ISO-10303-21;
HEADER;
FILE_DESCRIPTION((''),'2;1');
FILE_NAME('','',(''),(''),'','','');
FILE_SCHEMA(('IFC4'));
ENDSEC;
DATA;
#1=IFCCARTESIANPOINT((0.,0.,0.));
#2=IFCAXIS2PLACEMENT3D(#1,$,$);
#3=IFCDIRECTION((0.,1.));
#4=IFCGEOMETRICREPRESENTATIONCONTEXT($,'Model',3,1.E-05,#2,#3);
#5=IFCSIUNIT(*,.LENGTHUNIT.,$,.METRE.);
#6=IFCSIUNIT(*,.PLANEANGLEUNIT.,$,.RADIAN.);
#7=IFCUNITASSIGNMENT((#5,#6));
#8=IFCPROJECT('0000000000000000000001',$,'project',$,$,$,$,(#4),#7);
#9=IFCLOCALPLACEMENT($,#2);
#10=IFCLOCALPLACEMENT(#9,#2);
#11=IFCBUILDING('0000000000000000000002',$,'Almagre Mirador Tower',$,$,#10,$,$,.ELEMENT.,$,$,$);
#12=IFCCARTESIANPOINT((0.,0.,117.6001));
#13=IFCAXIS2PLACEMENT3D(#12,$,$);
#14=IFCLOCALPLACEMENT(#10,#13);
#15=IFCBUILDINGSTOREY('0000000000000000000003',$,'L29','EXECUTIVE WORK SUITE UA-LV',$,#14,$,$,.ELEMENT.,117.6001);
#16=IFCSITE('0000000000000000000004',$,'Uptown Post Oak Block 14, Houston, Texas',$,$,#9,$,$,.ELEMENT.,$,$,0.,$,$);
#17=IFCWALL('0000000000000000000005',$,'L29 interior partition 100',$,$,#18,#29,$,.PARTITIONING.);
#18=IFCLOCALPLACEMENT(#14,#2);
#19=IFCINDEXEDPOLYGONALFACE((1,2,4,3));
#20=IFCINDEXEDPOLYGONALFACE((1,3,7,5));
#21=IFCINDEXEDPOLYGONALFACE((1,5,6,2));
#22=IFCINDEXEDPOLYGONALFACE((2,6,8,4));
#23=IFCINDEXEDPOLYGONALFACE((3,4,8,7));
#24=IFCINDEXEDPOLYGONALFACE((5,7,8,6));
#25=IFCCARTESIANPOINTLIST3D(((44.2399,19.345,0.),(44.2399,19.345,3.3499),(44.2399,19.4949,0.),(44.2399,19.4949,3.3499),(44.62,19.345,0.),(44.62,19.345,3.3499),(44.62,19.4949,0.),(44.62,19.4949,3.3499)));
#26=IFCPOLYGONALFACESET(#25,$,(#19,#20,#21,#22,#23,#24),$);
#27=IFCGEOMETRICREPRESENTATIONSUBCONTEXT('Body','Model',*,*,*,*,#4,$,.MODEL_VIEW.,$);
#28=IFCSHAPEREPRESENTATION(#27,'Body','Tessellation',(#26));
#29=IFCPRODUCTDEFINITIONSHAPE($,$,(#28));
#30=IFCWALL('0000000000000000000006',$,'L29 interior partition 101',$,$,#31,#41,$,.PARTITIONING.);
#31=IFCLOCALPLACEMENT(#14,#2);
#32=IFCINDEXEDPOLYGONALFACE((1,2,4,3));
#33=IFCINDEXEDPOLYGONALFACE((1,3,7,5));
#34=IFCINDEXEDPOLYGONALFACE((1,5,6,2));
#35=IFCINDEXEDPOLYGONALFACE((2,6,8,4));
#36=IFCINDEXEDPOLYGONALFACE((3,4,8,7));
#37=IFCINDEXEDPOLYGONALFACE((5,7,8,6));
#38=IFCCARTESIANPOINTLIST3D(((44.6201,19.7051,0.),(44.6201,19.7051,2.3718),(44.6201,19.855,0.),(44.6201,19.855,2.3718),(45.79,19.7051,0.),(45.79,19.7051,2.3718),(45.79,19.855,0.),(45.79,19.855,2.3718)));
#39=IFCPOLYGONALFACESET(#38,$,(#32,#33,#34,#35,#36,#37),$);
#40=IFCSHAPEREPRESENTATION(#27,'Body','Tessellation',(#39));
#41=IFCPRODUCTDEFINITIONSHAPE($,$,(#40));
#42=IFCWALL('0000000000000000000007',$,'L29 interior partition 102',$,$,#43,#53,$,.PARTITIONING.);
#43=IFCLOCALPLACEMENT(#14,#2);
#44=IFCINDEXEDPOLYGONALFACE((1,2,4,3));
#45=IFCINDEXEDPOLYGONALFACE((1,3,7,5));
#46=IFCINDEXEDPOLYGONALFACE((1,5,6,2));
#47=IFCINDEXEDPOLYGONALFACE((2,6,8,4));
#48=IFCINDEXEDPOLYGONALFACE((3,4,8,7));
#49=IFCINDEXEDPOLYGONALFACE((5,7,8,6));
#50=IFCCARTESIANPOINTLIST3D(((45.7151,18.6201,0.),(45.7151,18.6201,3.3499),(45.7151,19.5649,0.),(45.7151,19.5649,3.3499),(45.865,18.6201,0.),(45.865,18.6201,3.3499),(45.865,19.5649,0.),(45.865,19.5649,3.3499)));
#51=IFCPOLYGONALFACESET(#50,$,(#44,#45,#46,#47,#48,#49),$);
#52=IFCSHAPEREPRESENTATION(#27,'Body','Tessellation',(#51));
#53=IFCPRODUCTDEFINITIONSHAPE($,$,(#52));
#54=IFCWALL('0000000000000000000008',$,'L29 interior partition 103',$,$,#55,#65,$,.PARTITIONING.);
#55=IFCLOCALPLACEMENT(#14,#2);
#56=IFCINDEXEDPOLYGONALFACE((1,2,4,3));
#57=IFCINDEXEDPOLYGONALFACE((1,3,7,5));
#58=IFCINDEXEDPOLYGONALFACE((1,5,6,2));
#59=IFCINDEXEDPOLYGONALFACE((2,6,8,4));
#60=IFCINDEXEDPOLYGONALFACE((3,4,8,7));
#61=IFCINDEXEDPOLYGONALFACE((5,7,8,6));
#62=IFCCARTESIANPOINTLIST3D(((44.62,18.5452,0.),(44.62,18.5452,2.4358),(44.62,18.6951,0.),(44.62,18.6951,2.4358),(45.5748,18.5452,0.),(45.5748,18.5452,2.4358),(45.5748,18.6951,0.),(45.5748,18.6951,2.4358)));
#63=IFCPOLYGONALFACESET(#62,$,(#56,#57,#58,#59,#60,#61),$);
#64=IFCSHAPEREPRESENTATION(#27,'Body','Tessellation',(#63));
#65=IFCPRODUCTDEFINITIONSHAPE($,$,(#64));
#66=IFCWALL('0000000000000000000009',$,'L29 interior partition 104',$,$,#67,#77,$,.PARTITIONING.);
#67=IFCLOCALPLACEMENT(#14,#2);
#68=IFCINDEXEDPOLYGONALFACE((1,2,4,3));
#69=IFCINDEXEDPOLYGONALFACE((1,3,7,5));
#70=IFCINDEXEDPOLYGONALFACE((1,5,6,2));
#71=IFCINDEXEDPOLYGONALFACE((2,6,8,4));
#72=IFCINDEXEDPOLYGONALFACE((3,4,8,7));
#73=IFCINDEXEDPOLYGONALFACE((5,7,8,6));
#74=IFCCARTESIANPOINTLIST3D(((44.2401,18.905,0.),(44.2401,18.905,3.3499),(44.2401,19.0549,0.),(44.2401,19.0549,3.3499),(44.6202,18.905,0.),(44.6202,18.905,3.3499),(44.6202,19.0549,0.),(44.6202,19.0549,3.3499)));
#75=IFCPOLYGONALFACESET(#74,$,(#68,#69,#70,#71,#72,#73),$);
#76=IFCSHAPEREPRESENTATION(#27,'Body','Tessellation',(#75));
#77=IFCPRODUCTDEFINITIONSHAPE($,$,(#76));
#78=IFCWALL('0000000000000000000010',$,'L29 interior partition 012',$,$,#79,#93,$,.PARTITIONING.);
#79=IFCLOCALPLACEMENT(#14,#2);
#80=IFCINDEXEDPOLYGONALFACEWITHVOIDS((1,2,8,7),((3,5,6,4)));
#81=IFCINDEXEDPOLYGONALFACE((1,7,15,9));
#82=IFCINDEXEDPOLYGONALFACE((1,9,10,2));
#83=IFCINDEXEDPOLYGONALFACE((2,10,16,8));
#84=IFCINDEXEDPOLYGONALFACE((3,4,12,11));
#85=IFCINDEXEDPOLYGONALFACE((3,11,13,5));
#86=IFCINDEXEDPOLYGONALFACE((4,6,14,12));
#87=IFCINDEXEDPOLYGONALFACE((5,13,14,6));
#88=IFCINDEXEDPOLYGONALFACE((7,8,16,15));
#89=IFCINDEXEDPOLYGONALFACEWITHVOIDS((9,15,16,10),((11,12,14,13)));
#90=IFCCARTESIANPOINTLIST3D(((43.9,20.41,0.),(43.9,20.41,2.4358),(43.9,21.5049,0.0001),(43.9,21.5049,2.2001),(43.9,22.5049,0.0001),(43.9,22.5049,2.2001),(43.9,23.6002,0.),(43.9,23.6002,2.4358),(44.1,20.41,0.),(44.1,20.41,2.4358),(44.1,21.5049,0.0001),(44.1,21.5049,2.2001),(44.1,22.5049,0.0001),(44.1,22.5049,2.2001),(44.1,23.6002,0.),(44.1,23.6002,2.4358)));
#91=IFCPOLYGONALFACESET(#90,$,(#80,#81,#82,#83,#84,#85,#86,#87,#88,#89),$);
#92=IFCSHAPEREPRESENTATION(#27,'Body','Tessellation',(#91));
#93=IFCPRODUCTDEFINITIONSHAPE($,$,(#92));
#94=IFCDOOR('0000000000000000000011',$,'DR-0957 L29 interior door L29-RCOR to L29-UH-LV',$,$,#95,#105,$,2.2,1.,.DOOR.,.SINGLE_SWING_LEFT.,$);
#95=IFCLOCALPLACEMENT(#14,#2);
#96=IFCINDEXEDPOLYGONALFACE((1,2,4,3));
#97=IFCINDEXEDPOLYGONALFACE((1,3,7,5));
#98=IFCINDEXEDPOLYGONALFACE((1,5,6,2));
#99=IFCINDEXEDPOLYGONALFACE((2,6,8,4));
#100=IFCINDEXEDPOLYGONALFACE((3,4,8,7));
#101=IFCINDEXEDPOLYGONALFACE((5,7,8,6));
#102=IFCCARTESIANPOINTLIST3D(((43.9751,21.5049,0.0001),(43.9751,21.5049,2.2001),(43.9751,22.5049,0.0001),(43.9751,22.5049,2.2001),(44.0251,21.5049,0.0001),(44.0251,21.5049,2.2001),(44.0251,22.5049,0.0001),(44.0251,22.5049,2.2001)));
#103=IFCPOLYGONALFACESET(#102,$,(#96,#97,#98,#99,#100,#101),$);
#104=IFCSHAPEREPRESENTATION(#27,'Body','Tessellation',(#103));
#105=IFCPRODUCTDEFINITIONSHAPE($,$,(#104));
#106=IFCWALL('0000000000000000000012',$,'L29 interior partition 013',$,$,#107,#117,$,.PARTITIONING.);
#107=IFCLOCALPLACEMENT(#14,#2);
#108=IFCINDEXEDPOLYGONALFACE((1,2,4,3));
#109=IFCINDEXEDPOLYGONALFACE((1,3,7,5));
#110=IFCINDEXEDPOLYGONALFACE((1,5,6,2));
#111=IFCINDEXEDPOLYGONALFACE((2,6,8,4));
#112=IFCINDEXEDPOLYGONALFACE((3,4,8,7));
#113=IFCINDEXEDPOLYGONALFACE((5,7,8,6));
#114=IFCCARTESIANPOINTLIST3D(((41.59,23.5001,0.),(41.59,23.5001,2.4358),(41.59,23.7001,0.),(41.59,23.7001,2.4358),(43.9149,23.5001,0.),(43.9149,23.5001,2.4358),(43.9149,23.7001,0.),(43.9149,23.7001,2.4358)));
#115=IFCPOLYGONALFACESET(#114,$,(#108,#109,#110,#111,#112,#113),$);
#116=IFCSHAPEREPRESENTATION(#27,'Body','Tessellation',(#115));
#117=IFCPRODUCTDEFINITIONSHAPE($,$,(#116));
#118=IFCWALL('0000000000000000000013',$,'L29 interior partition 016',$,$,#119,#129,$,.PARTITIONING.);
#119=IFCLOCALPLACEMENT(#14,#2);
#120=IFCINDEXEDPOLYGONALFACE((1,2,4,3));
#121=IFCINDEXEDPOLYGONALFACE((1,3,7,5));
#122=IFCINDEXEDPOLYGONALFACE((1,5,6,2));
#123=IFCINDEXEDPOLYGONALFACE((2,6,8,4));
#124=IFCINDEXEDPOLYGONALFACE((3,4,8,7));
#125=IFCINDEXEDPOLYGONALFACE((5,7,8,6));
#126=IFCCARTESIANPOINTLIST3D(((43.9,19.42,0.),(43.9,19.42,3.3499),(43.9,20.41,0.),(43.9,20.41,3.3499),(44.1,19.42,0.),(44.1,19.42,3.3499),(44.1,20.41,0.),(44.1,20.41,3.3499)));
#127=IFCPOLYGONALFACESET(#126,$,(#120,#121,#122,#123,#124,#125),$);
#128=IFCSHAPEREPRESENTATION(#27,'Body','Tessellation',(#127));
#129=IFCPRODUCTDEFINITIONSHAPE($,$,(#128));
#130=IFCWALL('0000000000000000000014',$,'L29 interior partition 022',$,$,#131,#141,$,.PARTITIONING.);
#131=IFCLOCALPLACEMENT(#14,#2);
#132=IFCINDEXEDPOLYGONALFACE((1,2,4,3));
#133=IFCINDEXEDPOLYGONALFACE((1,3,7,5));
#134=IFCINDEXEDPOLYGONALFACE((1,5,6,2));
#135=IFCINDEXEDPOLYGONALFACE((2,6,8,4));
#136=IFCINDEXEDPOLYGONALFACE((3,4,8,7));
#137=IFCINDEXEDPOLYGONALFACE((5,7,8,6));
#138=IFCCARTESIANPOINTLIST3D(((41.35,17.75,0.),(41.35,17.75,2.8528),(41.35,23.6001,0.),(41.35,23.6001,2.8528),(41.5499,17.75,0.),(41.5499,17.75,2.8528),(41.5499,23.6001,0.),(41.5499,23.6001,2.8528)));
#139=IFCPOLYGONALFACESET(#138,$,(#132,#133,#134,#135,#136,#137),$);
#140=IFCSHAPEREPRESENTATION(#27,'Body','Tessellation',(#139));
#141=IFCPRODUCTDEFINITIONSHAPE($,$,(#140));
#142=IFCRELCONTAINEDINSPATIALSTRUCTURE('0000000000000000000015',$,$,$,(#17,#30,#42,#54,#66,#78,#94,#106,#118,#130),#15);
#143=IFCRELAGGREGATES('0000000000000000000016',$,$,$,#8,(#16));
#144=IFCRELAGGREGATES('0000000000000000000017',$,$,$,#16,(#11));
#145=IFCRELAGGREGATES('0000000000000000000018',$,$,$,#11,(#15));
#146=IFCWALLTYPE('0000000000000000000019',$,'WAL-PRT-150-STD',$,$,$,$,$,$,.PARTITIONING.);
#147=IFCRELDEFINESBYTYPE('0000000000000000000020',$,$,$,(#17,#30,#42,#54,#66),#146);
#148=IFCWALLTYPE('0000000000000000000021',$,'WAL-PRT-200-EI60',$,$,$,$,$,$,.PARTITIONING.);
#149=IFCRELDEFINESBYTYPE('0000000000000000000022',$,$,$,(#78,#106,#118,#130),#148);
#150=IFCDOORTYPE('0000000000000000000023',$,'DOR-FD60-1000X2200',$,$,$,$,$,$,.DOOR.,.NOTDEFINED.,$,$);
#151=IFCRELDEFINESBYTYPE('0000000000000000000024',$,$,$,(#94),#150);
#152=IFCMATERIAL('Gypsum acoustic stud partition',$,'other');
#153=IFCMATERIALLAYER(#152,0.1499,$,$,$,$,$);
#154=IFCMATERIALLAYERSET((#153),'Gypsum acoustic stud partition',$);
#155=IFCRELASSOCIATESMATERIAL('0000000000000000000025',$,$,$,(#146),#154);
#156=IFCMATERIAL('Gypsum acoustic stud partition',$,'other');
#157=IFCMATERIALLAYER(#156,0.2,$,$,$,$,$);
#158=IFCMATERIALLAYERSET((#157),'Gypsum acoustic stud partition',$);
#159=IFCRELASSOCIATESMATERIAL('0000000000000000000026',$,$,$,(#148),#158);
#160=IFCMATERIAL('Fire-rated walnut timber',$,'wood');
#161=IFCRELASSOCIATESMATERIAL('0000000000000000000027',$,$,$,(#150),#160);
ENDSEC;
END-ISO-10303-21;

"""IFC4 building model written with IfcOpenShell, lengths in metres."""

from ifc_helpers import new_model, si_unit, direction, frame, frame_2d, origin, place, context, subcontext, project, spatial, rectangle, extrude, material, layer, layer_set, type_object, element, fill, save


model = new_model("IFC4")

# Units and contexts
model_context = context("Model", 3, precision=1e-05, world=origin(), true_north=direction((0.0, 1.0)))
body_context = subcontext(model_context, "Body", "Model", "MODEL_VIEW")
ifc_project = project(units=[si_unit("LENGTHUNIT", "METRE"), si_unit("PLANEANGLEUNIT", "RADIAN")], contexts=[model_context])

# Site, building, storey
site_placement = place(None, origin())
site = spatial("IfcSite", under=ifc_project, at=site_placement, Name="Uptown Post Oak Block 14, Houston, Texas", CompositionType="ELEMENT", RefElevation=0.0)
building_placement = place(site_placement, origin())
building = spatial("IfcBuilding", under=site, at=building_placement, Name="Almagre Mirador Tower", CompositionType="ELEMENT")
storey_placement = place(building_placement, frame((0.0, 0.0, 117.6001)))
storey = spatial("IfcBuildingStorey", under=building, at=storey_placement, Name="L29", Description="EXECUTIVE WORK SUITE UA-LV", CompositionType="ELEMENT", Elevation=117.6001)

# Shared definitions
ifc_material_1 = material(Name="Gypsum acoustic stud partition", Category="other")
ifc_layer_1 = layer(ifc_material_1, 0.1499)
ifc_layer_set_1 = layer_set([ifc_layer_1], Name="Gypsum acoustic stud partition")
wall_type_1 = type_object("IfcWallType", Name="WAL-PRT-150-STD", PredefinedType="PARTITIONING", material=ifc_layer_set_1)

# Walls
wall_1_placement = place(storey_placement, frame((44.24, 19.4199, 0.0), z_axis=(0.0, 0.0, 1.0), x_axis=(1.0, 0.0, 0.0)))
element("IfcWall", 1, at=wall_1_placement, inside=storey, type_object=wall_type_1, Name="L29 interior partition 100", PredefinedType="PARTITIONING", context=body_context, shape_type="SweptSolid", body=[
    extrude(rectangle(XDim=0.3801, YDim=0.1499, at=frame_2d((0.1899, 0.0))), origin(), (0.0, 0.0, 1.0), 3.3499),
])
wall_2_placement = place(storey_placement, frame((44.6201, 19.78, 0.0), z_axis=(0.0, 0.0, 1.0), x_axis=(1.0, 0.0, 0.0)))
element("IfcWall", 2, at=wall_2_placement, inside=storey, type_object=wall_type_1, Name="L29 interior partition 101", PredefinedType="PARTITIONING", context=body_context, shape_type="SweptSolid", body=[
    extrude(rectangle(XDim=1.1699, YDim=0.1499, at=frame_2d((0.585, 0.0))), origin(), (0.0, 0.0, 1.0), 2.3718),
])
wall_3_placement = place(storey_placement, frame((45.79, 19.5649, 0.0), z_axis=(0.0, 0.0, 1.0), x_axis=(0.0, -1.0, 0.0)))
element("IfcWall", 3, at=wall_3_placement, inside=storey, type_object=wall_type_1, Name="L29 interior partition 102", PredefinedType="PARTITIONING", context=body_context, shape_type="SweptSolid", body=[
    extrude(rectangle(XDim=0.9448, YDim=0.1499, at=frame_2d((0.4724, 0.0))), origin(), (0.0, 0.0, 1.0), 3.3499),
])
wall_4_placement = place(storey_placement, frame((45.575, 18.6201, 0.0), z_axis=(0.0, 0.0, 1.0), x_axis=(-1.0, 0.0, 0.0)))
element("IfcWall", 4, at=wall_4_placement, inside=storey, type_object=wall_type_1, Name="L29 interior partition 103", PredefinedType="PARTITIONING", context=body_context, shape_type="SweptSolid", body=[
    extrude(rectangle(XDim=0.9548, YDim=0.1499, at=frame_2d((0.4775, 0.0))), origin(), (0.0, 0.0, 1.0), 2.4358),
])
wall_5_placement = place(storey_placement, frame((44.6201, 18.98, 0.0), z_axis=(0.0, 0.0, 1.0), x_axis=(-1.0, 0.0, 0.0)))
element("IfcWall", 5, at=wall_5_placement, inside=storey, type_object=wall_type_1, Name="L29 interior partition 104", PredefinedType="PARTITIONING", context=body_context, shape_type="SweptSolid", body=[
    extrude(rectangle(XDim=0.3801, YDim=0.1499, at=frame_2d((0.1899, 0.0))), origin(), (0.0, 0.0, 1.0), 3.3499),
])

# Wall, opening, door
ifc_material_2 = material(Name="Gypsum acoustic stud partition", Category="other")
ifc_layer_2 = layer(ifc_material_2, 0.2)
ifc_layer_set_2 = layer_set([ifc_layer_2], Name="Gypsum acoustic stud partition")
wall_type_2 = type_object("IfcWallType", Name="WAL-PRT-200-EI60", PredefinedType="PARTITIONING", material=ifc_layer_set_2)
wall_6_placement = place(storey_placement, frame((44.0, 20.4099, 0.0), z_axis=(0.0, 0.0, 1.0), x_axis=(0.0, 1.0, 0.0)))
wall_6 = element("IfcWall", 6, at=wall_6_placement, inside=storey, type_object=wall_type_2, Name="L29 interior partition 012", PredefinedType="PARTITIONING", context=body_context, shape_type="SweptSolid", body=[
    extrude(rectangle(XDim=3.1902, YDim=0.2, at=frame_2d((1.5952, 0.0))), origin(), (0.0, 0.0, 1.0), 2.4358),
])
opening_1_placement = place(wall_6_placement, frame((1.095, 0.0, 0.0)))
opening_1 = element("IfcOpeningElement", 7, at=opening_1_placement, cuts=wall_6, PredefinedType="OPENING", context=body_context, shape_type="SweptSolid", body=[
    extrude(rectangle(XDim=1.0, YDim=2.2, at=frame_2d((0.5, 1.1001))), frame((0.0, 0.1101, 0.0), z_axis=(0.0, -1.0, 0.0), x_axis=(1.0, 0.0, 0.0)), (0.0, 0.0, 1.0), 0.22),
])
ifc_material_3 = material(Name="Fire-rated walnut timber", Category="wood")
door_type_1 = type_object("IfcDoorType", Name="DOR-FD60-1000X2200", OperationType="NOTDEFINED", PredefinedType="DOOR", material=ifc_material_3)
door_1_placement = place(opening_1_placement, origin())
door_1 = element("IfcDoor", 8, at=door_1_placement, inside=storey, type_object=door_type_1, Name="DR-0957 L29 interior door L29-RCOR to L29-UH-LV", OperationType="SINGLE_SWING_LEFT", OverallHeight=2.2, OverallWidth=1.0, PredefinedType="DOOR", context=body_context, shape_type="SweptSolid", body=[
    extrude(rectangle(XDim=1.0, YDim=2.2, at=frame_2d((0.5, 1.1001))), frame((0.0, 0.0249, 0.0), z_axis=(0.0, -1.0, 0.0), x_axis=(1.0, 0.0, 0.0)), (0.0, 0.0, 1.0), 0.05),
])
fill(opening_1, door_1)

# Walls
wall_7_placement = place(storey_placement, frame((43.915, 23.6001, 0.0), z_axis=(0.0, 0.0, 1.0), x_axis=(-1.0, 0.0, 0.0)))
element("IfcWall", 9, at=wall_7_placement, inside=storey, type_object=wall_type_2, Name="L29 interior partition 013", PredefinedType="PARTITIONING", context=body_context, shape_type="SweptSolid", body=[
    extrude(rectangle(XDim=2.325, YDim=0.2, at=frame_2d((1.1626, 0.0))), origin(), (0.0, 0.0, 1.0), 2.4358),
])
wall_8_placement = place(storey_placement, frame((44.0, 19.4199, 0.0), z_axis=(0.0, 0.0, 1.0), x_axis=(0.0, 1.0, 0.0)))
element("IfcWall", 10, at=wall_8_placement, inside=storey, type_object=wall_type_2, Name="L29 interior partition 016", PredefinedType="PARTITIONING", context=body_context, shape_type="SweptSolid", body=[
    extrude(rectangle(XDim=0.99, YDim=0.2, at=frame_2d((0.4951, 0.0))), origin(), (0.0, 0.0, 1.0), 3.3499),
])
wall_9_placement = place(storey_placement, frame((41.45, 23.6001, 0.0), z_axis=(0.0, 0.0, 1.0), x_axis=(0.0, -1.0, 0.0)))
element("IfcWall", 11, at=wall_9_placement, inside=storey, type_object=wall_type_2, Name="L29 interior partition 022", PredefinedType="PARTITIONING", context=body_context, shape_type="SweptSolid", body=[
    extrude(rectangle(XDim=5.8501, YDim=0.2, at=frame_2d((2.925, 0.0))), origin(), (0.0, 0.0, 1.0), 2.8528),
])

save(model, "model.ifc")
